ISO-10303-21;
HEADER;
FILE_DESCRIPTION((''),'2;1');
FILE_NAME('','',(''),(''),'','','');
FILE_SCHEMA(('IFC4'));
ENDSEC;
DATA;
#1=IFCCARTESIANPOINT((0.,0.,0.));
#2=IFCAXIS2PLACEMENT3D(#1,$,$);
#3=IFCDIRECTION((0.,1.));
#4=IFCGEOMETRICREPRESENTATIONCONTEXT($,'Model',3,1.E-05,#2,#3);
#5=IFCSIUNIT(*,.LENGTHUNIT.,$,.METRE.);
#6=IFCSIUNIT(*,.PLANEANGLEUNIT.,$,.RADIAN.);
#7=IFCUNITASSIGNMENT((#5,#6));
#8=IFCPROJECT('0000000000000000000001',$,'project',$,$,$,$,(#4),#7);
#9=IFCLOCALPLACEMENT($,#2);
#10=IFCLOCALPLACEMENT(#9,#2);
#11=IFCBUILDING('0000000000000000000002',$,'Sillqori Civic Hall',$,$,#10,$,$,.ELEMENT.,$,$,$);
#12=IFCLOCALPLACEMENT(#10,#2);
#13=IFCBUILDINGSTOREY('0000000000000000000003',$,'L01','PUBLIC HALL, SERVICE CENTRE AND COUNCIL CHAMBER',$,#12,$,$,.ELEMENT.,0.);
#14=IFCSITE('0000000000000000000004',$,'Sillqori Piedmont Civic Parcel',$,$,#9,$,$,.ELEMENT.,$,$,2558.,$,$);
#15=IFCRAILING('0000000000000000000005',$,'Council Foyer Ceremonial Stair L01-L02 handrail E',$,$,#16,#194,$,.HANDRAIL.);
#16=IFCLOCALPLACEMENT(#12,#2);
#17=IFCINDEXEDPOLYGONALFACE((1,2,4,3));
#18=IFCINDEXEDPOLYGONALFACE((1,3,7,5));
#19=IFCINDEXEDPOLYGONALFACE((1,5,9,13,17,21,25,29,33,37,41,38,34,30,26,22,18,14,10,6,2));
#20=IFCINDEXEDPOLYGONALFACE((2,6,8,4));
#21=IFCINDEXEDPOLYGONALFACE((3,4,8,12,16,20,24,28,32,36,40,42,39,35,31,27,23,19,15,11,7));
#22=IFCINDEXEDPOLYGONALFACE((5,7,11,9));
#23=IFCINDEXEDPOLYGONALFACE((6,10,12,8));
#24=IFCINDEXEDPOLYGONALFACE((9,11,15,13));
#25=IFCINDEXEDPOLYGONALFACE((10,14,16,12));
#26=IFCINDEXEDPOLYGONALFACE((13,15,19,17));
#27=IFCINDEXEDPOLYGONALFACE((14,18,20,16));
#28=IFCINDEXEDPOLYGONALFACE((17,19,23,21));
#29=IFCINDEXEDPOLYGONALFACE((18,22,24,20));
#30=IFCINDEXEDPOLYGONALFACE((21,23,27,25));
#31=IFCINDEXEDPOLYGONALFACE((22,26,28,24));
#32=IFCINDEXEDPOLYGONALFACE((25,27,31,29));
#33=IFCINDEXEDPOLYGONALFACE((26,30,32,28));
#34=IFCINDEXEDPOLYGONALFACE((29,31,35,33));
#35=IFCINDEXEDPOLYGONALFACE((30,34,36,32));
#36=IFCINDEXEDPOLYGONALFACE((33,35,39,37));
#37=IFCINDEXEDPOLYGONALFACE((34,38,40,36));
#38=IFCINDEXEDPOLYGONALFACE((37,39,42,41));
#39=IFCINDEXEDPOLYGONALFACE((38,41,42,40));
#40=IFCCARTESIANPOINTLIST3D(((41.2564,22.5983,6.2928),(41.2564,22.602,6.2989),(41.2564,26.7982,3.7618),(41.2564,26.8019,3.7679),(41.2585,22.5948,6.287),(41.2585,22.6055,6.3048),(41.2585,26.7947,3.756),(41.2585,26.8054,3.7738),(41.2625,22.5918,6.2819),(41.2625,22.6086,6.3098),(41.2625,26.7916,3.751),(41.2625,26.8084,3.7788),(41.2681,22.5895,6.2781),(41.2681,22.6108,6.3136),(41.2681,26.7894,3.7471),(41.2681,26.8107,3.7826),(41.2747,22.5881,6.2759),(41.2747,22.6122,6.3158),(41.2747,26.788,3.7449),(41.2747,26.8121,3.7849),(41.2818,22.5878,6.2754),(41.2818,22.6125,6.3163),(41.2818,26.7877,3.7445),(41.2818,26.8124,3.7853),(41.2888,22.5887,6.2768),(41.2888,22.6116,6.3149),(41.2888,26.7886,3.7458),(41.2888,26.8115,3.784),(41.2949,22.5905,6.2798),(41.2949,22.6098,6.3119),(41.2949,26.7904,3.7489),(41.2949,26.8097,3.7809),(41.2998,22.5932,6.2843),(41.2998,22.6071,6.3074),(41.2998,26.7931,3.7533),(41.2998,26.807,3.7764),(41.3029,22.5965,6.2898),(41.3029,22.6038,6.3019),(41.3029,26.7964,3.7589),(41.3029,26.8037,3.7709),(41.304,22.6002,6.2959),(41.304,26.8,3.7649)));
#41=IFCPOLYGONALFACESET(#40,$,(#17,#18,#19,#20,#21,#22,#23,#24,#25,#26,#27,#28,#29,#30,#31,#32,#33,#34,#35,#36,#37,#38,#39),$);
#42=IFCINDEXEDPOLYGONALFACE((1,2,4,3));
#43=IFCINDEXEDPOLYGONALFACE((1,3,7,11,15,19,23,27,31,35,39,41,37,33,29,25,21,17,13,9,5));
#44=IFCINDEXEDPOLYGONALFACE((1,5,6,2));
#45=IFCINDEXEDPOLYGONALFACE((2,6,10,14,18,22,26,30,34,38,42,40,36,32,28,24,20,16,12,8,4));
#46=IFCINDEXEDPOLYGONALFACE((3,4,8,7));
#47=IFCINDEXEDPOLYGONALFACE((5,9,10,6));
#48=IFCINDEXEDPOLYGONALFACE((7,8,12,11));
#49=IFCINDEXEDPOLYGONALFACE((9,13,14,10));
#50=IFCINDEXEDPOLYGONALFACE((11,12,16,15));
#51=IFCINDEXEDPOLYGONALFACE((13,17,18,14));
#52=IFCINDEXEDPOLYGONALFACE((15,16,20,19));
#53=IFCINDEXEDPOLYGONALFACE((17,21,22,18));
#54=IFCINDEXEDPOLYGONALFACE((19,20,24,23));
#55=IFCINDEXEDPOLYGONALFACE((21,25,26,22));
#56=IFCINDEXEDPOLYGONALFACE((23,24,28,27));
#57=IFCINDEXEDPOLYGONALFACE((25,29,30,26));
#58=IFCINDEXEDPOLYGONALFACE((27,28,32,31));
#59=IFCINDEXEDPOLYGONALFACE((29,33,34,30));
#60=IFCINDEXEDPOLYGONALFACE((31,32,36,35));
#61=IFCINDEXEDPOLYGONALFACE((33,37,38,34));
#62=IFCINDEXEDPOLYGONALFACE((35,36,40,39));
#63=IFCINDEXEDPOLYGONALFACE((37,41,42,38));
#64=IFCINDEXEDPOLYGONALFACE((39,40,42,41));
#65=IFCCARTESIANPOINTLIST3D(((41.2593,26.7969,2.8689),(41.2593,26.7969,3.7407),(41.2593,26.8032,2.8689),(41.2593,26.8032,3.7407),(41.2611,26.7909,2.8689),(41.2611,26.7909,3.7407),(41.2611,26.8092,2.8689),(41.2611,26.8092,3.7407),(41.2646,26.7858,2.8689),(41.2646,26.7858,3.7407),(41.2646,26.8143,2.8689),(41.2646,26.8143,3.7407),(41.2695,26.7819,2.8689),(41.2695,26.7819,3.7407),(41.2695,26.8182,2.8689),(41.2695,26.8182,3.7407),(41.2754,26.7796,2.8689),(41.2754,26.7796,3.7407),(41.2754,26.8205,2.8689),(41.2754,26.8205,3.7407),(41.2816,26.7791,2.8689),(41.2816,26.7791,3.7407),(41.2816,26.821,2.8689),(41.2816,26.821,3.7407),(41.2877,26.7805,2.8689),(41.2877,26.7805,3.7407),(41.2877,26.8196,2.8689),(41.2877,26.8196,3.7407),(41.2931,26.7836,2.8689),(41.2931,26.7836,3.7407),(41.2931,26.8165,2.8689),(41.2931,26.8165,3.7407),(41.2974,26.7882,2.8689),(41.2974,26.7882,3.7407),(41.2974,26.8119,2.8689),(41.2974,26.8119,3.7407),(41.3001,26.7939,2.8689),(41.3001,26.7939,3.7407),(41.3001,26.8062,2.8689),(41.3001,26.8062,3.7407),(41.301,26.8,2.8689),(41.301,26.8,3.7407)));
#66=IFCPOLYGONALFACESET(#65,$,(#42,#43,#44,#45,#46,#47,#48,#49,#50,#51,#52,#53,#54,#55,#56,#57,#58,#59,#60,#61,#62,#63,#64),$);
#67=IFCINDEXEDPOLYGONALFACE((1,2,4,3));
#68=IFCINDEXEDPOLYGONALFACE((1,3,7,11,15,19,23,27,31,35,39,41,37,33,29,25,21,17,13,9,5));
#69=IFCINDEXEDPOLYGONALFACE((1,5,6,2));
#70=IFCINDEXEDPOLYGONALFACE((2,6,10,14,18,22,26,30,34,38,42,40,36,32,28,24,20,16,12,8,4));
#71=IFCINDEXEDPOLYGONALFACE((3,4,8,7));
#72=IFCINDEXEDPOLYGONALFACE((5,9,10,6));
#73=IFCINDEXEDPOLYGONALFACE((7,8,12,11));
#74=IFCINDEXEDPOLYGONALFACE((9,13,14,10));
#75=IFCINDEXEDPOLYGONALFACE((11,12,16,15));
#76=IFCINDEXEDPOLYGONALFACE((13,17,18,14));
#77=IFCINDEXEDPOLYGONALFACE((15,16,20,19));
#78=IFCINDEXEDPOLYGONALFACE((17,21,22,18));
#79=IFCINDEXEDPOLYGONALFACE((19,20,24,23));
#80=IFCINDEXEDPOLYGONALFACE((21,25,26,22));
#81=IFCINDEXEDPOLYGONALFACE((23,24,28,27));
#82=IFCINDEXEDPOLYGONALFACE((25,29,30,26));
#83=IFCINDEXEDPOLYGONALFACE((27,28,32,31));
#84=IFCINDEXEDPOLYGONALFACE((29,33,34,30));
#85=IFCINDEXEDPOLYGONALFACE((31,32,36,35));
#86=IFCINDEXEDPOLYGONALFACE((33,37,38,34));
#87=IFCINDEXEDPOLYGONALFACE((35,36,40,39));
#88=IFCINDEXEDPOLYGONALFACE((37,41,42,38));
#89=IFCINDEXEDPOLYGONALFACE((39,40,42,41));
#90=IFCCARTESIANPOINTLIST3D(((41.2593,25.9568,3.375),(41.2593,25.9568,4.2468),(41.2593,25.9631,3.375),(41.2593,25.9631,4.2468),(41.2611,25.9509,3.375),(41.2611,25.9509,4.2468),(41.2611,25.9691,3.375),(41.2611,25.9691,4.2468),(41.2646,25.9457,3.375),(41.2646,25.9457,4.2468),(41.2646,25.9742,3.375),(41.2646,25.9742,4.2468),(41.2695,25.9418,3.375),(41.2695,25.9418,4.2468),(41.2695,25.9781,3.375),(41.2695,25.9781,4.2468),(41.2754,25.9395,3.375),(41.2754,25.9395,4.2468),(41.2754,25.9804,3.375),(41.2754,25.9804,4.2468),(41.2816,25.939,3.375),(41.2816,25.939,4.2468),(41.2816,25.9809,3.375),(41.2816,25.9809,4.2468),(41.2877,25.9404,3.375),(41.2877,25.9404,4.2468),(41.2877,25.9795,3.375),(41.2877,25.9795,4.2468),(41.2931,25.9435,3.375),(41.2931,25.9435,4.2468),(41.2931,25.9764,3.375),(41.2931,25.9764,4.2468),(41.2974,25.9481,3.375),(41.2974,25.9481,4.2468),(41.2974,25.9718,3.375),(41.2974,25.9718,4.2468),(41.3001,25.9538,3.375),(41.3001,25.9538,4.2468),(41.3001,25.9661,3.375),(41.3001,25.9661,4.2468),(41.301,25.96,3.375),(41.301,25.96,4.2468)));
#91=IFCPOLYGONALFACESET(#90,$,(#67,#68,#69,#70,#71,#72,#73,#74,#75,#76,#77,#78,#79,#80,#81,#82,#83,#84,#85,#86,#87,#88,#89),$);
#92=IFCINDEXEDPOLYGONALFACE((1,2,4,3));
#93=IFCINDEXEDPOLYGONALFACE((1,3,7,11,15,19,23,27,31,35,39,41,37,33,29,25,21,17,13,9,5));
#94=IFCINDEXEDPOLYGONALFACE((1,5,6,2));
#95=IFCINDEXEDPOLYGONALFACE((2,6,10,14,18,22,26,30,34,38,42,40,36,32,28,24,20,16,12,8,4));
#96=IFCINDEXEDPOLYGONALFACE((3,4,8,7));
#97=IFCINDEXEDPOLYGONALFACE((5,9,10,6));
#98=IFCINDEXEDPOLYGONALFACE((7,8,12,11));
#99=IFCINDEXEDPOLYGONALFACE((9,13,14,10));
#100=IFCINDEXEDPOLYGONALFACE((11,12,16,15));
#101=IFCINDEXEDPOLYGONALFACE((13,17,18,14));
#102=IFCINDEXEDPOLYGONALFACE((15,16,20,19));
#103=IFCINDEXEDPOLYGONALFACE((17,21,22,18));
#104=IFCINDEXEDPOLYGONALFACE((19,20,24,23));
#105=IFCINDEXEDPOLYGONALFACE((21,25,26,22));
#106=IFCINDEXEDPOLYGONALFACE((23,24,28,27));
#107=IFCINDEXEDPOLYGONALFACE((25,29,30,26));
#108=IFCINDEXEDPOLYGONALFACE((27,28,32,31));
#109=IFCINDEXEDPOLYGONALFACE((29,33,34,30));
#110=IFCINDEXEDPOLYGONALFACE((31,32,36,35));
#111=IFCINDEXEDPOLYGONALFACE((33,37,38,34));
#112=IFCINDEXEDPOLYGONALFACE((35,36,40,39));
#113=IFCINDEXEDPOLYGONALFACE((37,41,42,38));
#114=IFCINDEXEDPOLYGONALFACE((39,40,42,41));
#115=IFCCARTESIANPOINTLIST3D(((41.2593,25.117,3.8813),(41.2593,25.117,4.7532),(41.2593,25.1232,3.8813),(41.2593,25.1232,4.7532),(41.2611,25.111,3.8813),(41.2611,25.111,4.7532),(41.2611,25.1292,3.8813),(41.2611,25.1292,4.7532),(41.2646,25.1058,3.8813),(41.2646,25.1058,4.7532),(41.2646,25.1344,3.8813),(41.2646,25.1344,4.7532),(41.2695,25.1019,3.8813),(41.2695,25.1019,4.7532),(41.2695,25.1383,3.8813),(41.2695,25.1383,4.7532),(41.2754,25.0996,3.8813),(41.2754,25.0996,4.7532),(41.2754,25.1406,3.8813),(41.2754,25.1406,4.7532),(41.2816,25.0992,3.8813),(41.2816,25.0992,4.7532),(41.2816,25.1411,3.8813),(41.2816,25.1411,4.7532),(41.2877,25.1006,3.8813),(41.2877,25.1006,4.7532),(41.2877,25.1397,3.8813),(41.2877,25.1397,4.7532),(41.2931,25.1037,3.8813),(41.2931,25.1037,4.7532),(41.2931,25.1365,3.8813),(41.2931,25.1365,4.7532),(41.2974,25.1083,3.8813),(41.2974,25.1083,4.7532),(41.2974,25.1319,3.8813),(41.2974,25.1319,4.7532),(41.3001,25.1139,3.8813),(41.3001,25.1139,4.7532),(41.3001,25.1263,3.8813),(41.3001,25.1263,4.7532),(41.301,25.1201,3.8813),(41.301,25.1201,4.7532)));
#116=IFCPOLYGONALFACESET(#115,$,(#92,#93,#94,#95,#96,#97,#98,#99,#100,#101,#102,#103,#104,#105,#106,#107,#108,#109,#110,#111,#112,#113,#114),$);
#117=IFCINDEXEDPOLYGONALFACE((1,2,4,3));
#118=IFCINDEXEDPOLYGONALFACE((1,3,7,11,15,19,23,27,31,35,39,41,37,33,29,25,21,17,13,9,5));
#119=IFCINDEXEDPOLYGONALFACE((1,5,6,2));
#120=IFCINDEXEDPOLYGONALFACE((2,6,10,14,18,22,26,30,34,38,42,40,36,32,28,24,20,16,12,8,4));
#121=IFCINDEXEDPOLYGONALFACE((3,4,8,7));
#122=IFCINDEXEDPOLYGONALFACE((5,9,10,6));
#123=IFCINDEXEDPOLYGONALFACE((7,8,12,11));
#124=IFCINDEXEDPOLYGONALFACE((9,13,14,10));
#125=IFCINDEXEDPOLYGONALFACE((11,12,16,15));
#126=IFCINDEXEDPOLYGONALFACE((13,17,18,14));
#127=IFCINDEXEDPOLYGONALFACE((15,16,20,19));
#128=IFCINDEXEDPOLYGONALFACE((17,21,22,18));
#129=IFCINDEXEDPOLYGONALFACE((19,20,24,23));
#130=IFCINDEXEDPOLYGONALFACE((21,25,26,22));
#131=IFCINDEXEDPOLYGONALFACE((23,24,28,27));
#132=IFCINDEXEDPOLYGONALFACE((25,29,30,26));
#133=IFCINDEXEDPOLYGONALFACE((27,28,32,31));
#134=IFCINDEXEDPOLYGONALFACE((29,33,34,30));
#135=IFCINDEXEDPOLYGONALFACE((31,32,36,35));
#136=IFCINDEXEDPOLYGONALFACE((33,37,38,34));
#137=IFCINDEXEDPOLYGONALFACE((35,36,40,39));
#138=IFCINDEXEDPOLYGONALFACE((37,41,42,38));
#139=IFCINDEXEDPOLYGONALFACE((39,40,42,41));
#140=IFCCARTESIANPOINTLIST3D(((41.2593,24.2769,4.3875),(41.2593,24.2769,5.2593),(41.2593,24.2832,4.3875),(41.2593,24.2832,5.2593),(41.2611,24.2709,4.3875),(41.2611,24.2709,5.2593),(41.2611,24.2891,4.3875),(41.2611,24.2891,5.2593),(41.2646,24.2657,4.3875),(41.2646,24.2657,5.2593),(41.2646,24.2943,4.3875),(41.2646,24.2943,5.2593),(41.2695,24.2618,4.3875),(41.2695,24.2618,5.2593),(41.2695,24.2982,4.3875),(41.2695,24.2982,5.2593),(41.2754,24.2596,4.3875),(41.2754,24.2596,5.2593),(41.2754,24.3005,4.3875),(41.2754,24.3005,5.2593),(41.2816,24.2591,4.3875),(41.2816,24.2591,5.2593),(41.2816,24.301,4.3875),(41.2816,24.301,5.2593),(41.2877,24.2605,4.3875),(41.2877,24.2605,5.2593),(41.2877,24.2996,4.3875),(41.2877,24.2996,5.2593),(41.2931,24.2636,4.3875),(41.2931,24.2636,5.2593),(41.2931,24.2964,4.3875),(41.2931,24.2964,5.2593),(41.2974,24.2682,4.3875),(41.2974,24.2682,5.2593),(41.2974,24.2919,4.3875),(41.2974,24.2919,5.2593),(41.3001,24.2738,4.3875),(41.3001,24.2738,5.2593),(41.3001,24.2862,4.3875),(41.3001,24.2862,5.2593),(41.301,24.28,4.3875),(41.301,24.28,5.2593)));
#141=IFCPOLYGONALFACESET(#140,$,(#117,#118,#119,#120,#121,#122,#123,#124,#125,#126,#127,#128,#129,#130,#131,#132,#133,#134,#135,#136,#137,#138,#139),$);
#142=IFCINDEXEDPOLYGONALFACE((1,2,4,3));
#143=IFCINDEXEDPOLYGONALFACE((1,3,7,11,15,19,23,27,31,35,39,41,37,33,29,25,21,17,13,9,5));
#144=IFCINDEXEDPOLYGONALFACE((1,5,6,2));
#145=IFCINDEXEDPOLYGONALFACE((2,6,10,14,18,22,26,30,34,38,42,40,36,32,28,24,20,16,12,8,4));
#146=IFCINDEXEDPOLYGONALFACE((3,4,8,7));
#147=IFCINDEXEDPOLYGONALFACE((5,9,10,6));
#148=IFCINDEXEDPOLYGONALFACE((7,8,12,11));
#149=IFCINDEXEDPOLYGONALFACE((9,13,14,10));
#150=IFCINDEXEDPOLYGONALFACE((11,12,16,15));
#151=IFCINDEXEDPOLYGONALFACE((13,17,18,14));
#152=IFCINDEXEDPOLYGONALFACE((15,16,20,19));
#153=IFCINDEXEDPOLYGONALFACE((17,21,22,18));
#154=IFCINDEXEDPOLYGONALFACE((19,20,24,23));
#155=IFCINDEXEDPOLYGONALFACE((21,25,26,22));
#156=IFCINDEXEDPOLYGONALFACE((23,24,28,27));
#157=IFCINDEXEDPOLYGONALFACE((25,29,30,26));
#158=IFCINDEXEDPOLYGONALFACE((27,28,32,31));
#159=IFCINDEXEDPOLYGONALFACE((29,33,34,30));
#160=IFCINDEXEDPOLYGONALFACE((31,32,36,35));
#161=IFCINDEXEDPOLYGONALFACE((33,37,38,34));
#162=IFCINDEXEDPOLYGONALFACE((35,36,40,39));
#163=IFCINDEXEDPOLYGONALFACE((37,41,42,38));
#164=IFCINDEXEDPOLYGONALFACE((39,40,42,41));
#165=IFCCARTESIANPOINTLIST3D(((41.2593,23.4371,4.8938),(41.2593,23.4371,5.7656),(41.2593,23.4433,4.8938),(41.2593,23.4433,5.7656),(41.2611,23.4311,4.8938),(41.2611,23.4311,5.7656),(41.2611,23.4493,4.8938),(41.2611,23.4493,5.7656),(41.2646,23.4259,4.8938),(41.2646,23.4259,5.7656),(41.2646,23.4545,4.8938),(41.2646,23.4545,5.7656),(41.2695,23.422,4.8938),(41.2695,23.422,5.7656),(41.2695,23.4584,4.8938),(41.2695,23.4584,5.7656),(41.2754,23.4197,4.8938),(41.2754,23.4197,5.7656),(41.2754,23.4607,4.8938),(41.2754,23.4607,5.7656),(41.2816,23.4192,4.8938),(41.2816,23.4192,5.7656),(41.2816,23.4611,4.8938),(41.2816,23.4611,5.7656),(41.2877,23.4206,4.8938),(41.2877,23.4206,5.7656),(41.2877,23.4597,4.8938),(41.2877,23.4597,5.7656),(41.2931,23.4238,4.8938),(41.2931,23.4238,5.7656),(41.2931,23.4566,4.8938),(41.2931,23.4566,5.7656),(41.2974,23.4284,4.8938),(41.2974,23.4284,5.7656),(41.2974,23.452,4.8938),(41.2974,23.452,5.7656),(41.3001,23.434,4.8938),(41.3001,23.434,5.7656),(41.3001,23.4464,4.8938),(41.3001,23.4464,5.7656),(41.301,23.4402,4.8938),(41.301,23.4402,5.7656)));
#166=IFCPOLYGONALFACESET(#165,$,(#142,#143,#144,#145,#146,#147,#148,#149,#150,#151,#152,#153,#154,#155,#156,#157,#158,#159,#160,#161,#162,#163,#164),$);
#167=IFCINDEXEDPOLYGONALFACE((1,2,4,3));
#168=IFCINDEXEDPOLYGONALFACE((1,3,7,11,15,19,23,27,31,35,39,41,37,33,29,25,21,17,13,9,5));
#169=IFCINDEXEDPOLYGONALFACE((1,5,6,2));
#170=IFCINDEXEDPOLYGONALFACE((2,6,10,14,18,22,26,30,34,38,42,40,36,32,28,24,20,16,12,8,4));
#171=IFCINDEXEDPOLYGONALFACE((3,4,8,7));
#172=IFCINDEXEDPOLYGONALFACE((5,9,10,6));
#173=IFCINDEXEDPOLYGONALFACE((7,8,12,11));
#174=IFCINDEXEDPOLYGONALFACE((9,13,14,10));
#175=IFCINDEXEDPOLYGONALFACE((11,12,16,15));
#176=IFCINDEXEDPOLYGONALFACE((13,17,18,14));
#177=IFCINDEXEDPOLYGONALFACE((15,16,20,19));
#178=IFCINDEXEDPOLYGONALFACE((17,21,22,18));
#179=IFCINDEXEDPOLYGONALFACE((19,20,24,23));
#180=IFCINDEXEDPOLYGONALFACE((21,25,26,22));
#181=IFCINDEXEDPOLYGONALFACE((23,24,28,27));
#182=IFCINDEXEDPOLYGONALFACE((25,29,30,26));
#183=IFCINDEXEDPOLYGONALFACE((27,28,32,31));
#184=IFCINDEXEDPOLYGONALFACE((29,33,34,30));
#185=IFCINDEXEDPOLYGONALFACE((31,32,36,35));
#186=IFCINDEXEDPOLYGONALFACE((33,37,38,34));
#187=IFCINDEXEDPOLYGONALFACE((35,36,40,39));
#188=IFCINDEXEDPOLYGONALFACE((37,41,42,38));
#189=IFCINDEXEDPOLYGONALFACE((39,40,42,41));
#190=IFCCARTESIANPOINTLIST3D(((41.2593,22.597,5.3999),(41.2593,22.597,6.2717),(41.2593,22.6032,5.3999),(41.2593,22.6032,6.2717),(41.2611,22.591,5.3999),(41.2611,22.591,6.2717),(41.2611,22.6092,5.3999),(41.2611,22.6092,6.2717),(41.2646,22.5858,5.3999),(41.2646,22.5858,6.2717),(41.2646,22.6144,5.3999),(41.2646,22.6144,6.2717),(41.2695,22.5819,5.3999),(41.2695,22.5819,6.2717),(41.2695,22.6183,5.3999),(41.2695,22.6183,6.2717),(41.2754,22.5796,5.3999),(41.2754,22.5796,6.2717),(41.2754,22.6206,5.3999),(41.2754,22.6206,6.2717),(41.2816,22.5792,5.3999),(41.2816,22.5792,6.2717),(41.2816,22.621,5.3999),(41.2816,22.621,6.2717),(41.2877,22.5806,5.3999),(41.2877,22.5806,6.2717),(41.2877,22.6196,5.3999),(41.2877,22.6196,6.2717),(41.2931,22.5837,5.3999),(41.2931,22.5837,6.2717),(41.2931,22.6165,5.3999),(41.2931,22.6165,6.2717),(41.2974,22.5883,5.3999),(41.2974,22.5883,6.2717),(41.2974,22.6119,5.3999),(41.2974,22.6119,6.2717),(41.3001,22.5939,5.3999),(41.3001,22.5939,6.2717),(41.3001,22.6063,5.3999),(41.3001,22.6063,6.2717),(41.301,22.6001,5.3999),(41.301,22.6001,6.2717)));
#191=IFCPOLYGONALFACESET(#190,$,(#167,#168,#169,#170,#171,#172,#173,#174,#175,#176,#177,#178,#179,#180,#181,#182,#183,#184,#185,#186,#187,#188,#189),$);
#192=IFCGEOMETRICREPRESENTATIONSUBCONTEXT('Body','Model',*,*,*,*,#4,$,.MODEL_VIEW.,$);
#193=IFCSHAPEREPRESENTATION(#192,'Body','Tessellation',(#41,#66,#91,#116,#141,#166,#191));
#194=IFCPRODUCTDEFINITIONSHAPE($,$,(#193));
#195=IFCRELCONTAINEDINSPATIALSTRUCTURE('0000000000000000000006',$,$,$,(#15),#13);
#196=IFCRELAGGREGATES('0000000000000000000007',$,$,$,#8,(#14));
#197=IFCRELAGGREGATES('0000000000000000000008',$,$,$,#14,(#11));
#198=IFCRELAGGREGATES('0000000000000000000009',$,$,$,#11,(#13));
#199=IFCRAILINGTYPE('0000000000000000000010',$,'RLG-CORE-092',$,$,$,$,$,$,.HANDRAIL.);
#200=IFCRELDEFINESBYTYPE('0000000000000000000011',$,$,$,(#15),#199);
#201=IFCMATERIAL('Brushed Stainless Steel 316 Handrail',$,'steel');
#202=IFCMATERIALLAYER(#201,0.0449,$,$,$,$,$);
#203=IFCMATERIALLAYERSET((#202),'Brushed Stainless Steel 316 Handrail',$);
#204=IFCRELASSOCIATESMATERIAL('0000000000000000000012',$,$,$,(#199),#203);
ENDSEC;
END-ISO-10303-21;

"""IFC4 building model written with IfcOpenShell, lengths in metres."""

from ifc_helpers import new_model, si_unit, direction, frame, origin, origin_2d, place, context, subcontext, project, spatial, circle, extrude, material, layer, layer_set, type_object, element, save


model = new_model("IFC4")

# Units and contexts
model_context = context("Model", 3, precision=1e-05, world=origin(), true_north=direction((0.0, 1.0)))
body_context = subcontext(model_context, "Body", "Model", "MODEL_VIEW")
ifc_project = project(units=[si_unit("LENGTHUNIT", "METRE"), si_unit("PLANEANGLEUNIT", "RADIAN")], contexts=[model_context])

# Site, building, storey
site_placement = place(None, origin())
site = spatial("IfcSite", under=ifc_project, at=site_placement, Name="Sillqori Piedmont Civic Parcel", CompositionType="ELEMENT", RefElevation=2558.0)
building_placement = place(site_placement, origin())
building = spatial("IfcBuilding", under=site, at=building_placement, Name="Sillqori Civic Hall", CompositionType="ELEMENT")
storey_placement = place(building_placement, origin())
storey = spatial("IfcBuildingStorey", under=building, at=storey_placement, Name="L01", Description="PUBLIC HALL, SERVICE CENTRE AND COUNCIL CHAMBER", CompositionType="ELEMENT", Elevation=0.0)

# Railing
ifc_material_1 = material(Name="Brushed Stainless Steel 316 Handrail", Category="steel")
ifc_layer_1 = layer(ifc_material_1, 0.0449)
ifc_layer_set_1 = layer_set([ifc_layer_1], Name="Brushed Stainless Steel 316 Handrail")
railing_type_1 = type_object("IfcRailingType", Name="RLG-CORE-092", PredefinedType="HANDRAIL", material=ifc_layer_set_1)
railing_1_placement = place(storey_placement, frame((41.28, 26.8, 2.8689)))
element("IfcRailing", 1, at=railing_1_placement, inside=storey, type_object=railing_type_1, Name="Council Foyer Ceremonial Stair L01-L02 handrail E", PredefinedType="HANDRAIL", context=body_context, shape_type="SweptSolid", body=[
    extrude(circle(Radius=0.0239, at=origin_2d()), frame((0.0, 0.0, 0.896), z_axis=(0.0, -0.856499, 0.51615), x_axis=(1.0, 0.0, 0.0)), (0.0, 0.0, 1.0), 4.9036),
    extrude(circle(Radius=0.021, at=origin_2d()), origin(), (0.0, 0.0, 1.0), 0.8718),
    extrude(circle(Radius=0.021, at=origin_2d()), frame((0.0, -0.8401, 0.5061)), (0.0, 0.0, 1.0), 0.8718),
    extrude(circle(Radius=0.021, at=origin_2d()), frame((0.0, -1.6799, 1.0125)), (0.0, 0.0, 1.0), 0.8718),
    extrude(circle(Radius=0.021, at=origin_2d()), frame((0.0, -2.52, 1.5186)), (0.0, 0.0, 1.0), 0.8718),
    extrude(circle(Radius=0.021, at=origin_2d()), frame((0.0, -3.3599, 2.0249)), (0.0, 0.0, 1.0), 0.8718),
    extrude(circle(Radius=0.021, at=origin_2d()), frame((0.0, -4.2, 2.531)), (0.0, 0.0, 1.0), 0.8718),
])

save(model, "model.ifc")
